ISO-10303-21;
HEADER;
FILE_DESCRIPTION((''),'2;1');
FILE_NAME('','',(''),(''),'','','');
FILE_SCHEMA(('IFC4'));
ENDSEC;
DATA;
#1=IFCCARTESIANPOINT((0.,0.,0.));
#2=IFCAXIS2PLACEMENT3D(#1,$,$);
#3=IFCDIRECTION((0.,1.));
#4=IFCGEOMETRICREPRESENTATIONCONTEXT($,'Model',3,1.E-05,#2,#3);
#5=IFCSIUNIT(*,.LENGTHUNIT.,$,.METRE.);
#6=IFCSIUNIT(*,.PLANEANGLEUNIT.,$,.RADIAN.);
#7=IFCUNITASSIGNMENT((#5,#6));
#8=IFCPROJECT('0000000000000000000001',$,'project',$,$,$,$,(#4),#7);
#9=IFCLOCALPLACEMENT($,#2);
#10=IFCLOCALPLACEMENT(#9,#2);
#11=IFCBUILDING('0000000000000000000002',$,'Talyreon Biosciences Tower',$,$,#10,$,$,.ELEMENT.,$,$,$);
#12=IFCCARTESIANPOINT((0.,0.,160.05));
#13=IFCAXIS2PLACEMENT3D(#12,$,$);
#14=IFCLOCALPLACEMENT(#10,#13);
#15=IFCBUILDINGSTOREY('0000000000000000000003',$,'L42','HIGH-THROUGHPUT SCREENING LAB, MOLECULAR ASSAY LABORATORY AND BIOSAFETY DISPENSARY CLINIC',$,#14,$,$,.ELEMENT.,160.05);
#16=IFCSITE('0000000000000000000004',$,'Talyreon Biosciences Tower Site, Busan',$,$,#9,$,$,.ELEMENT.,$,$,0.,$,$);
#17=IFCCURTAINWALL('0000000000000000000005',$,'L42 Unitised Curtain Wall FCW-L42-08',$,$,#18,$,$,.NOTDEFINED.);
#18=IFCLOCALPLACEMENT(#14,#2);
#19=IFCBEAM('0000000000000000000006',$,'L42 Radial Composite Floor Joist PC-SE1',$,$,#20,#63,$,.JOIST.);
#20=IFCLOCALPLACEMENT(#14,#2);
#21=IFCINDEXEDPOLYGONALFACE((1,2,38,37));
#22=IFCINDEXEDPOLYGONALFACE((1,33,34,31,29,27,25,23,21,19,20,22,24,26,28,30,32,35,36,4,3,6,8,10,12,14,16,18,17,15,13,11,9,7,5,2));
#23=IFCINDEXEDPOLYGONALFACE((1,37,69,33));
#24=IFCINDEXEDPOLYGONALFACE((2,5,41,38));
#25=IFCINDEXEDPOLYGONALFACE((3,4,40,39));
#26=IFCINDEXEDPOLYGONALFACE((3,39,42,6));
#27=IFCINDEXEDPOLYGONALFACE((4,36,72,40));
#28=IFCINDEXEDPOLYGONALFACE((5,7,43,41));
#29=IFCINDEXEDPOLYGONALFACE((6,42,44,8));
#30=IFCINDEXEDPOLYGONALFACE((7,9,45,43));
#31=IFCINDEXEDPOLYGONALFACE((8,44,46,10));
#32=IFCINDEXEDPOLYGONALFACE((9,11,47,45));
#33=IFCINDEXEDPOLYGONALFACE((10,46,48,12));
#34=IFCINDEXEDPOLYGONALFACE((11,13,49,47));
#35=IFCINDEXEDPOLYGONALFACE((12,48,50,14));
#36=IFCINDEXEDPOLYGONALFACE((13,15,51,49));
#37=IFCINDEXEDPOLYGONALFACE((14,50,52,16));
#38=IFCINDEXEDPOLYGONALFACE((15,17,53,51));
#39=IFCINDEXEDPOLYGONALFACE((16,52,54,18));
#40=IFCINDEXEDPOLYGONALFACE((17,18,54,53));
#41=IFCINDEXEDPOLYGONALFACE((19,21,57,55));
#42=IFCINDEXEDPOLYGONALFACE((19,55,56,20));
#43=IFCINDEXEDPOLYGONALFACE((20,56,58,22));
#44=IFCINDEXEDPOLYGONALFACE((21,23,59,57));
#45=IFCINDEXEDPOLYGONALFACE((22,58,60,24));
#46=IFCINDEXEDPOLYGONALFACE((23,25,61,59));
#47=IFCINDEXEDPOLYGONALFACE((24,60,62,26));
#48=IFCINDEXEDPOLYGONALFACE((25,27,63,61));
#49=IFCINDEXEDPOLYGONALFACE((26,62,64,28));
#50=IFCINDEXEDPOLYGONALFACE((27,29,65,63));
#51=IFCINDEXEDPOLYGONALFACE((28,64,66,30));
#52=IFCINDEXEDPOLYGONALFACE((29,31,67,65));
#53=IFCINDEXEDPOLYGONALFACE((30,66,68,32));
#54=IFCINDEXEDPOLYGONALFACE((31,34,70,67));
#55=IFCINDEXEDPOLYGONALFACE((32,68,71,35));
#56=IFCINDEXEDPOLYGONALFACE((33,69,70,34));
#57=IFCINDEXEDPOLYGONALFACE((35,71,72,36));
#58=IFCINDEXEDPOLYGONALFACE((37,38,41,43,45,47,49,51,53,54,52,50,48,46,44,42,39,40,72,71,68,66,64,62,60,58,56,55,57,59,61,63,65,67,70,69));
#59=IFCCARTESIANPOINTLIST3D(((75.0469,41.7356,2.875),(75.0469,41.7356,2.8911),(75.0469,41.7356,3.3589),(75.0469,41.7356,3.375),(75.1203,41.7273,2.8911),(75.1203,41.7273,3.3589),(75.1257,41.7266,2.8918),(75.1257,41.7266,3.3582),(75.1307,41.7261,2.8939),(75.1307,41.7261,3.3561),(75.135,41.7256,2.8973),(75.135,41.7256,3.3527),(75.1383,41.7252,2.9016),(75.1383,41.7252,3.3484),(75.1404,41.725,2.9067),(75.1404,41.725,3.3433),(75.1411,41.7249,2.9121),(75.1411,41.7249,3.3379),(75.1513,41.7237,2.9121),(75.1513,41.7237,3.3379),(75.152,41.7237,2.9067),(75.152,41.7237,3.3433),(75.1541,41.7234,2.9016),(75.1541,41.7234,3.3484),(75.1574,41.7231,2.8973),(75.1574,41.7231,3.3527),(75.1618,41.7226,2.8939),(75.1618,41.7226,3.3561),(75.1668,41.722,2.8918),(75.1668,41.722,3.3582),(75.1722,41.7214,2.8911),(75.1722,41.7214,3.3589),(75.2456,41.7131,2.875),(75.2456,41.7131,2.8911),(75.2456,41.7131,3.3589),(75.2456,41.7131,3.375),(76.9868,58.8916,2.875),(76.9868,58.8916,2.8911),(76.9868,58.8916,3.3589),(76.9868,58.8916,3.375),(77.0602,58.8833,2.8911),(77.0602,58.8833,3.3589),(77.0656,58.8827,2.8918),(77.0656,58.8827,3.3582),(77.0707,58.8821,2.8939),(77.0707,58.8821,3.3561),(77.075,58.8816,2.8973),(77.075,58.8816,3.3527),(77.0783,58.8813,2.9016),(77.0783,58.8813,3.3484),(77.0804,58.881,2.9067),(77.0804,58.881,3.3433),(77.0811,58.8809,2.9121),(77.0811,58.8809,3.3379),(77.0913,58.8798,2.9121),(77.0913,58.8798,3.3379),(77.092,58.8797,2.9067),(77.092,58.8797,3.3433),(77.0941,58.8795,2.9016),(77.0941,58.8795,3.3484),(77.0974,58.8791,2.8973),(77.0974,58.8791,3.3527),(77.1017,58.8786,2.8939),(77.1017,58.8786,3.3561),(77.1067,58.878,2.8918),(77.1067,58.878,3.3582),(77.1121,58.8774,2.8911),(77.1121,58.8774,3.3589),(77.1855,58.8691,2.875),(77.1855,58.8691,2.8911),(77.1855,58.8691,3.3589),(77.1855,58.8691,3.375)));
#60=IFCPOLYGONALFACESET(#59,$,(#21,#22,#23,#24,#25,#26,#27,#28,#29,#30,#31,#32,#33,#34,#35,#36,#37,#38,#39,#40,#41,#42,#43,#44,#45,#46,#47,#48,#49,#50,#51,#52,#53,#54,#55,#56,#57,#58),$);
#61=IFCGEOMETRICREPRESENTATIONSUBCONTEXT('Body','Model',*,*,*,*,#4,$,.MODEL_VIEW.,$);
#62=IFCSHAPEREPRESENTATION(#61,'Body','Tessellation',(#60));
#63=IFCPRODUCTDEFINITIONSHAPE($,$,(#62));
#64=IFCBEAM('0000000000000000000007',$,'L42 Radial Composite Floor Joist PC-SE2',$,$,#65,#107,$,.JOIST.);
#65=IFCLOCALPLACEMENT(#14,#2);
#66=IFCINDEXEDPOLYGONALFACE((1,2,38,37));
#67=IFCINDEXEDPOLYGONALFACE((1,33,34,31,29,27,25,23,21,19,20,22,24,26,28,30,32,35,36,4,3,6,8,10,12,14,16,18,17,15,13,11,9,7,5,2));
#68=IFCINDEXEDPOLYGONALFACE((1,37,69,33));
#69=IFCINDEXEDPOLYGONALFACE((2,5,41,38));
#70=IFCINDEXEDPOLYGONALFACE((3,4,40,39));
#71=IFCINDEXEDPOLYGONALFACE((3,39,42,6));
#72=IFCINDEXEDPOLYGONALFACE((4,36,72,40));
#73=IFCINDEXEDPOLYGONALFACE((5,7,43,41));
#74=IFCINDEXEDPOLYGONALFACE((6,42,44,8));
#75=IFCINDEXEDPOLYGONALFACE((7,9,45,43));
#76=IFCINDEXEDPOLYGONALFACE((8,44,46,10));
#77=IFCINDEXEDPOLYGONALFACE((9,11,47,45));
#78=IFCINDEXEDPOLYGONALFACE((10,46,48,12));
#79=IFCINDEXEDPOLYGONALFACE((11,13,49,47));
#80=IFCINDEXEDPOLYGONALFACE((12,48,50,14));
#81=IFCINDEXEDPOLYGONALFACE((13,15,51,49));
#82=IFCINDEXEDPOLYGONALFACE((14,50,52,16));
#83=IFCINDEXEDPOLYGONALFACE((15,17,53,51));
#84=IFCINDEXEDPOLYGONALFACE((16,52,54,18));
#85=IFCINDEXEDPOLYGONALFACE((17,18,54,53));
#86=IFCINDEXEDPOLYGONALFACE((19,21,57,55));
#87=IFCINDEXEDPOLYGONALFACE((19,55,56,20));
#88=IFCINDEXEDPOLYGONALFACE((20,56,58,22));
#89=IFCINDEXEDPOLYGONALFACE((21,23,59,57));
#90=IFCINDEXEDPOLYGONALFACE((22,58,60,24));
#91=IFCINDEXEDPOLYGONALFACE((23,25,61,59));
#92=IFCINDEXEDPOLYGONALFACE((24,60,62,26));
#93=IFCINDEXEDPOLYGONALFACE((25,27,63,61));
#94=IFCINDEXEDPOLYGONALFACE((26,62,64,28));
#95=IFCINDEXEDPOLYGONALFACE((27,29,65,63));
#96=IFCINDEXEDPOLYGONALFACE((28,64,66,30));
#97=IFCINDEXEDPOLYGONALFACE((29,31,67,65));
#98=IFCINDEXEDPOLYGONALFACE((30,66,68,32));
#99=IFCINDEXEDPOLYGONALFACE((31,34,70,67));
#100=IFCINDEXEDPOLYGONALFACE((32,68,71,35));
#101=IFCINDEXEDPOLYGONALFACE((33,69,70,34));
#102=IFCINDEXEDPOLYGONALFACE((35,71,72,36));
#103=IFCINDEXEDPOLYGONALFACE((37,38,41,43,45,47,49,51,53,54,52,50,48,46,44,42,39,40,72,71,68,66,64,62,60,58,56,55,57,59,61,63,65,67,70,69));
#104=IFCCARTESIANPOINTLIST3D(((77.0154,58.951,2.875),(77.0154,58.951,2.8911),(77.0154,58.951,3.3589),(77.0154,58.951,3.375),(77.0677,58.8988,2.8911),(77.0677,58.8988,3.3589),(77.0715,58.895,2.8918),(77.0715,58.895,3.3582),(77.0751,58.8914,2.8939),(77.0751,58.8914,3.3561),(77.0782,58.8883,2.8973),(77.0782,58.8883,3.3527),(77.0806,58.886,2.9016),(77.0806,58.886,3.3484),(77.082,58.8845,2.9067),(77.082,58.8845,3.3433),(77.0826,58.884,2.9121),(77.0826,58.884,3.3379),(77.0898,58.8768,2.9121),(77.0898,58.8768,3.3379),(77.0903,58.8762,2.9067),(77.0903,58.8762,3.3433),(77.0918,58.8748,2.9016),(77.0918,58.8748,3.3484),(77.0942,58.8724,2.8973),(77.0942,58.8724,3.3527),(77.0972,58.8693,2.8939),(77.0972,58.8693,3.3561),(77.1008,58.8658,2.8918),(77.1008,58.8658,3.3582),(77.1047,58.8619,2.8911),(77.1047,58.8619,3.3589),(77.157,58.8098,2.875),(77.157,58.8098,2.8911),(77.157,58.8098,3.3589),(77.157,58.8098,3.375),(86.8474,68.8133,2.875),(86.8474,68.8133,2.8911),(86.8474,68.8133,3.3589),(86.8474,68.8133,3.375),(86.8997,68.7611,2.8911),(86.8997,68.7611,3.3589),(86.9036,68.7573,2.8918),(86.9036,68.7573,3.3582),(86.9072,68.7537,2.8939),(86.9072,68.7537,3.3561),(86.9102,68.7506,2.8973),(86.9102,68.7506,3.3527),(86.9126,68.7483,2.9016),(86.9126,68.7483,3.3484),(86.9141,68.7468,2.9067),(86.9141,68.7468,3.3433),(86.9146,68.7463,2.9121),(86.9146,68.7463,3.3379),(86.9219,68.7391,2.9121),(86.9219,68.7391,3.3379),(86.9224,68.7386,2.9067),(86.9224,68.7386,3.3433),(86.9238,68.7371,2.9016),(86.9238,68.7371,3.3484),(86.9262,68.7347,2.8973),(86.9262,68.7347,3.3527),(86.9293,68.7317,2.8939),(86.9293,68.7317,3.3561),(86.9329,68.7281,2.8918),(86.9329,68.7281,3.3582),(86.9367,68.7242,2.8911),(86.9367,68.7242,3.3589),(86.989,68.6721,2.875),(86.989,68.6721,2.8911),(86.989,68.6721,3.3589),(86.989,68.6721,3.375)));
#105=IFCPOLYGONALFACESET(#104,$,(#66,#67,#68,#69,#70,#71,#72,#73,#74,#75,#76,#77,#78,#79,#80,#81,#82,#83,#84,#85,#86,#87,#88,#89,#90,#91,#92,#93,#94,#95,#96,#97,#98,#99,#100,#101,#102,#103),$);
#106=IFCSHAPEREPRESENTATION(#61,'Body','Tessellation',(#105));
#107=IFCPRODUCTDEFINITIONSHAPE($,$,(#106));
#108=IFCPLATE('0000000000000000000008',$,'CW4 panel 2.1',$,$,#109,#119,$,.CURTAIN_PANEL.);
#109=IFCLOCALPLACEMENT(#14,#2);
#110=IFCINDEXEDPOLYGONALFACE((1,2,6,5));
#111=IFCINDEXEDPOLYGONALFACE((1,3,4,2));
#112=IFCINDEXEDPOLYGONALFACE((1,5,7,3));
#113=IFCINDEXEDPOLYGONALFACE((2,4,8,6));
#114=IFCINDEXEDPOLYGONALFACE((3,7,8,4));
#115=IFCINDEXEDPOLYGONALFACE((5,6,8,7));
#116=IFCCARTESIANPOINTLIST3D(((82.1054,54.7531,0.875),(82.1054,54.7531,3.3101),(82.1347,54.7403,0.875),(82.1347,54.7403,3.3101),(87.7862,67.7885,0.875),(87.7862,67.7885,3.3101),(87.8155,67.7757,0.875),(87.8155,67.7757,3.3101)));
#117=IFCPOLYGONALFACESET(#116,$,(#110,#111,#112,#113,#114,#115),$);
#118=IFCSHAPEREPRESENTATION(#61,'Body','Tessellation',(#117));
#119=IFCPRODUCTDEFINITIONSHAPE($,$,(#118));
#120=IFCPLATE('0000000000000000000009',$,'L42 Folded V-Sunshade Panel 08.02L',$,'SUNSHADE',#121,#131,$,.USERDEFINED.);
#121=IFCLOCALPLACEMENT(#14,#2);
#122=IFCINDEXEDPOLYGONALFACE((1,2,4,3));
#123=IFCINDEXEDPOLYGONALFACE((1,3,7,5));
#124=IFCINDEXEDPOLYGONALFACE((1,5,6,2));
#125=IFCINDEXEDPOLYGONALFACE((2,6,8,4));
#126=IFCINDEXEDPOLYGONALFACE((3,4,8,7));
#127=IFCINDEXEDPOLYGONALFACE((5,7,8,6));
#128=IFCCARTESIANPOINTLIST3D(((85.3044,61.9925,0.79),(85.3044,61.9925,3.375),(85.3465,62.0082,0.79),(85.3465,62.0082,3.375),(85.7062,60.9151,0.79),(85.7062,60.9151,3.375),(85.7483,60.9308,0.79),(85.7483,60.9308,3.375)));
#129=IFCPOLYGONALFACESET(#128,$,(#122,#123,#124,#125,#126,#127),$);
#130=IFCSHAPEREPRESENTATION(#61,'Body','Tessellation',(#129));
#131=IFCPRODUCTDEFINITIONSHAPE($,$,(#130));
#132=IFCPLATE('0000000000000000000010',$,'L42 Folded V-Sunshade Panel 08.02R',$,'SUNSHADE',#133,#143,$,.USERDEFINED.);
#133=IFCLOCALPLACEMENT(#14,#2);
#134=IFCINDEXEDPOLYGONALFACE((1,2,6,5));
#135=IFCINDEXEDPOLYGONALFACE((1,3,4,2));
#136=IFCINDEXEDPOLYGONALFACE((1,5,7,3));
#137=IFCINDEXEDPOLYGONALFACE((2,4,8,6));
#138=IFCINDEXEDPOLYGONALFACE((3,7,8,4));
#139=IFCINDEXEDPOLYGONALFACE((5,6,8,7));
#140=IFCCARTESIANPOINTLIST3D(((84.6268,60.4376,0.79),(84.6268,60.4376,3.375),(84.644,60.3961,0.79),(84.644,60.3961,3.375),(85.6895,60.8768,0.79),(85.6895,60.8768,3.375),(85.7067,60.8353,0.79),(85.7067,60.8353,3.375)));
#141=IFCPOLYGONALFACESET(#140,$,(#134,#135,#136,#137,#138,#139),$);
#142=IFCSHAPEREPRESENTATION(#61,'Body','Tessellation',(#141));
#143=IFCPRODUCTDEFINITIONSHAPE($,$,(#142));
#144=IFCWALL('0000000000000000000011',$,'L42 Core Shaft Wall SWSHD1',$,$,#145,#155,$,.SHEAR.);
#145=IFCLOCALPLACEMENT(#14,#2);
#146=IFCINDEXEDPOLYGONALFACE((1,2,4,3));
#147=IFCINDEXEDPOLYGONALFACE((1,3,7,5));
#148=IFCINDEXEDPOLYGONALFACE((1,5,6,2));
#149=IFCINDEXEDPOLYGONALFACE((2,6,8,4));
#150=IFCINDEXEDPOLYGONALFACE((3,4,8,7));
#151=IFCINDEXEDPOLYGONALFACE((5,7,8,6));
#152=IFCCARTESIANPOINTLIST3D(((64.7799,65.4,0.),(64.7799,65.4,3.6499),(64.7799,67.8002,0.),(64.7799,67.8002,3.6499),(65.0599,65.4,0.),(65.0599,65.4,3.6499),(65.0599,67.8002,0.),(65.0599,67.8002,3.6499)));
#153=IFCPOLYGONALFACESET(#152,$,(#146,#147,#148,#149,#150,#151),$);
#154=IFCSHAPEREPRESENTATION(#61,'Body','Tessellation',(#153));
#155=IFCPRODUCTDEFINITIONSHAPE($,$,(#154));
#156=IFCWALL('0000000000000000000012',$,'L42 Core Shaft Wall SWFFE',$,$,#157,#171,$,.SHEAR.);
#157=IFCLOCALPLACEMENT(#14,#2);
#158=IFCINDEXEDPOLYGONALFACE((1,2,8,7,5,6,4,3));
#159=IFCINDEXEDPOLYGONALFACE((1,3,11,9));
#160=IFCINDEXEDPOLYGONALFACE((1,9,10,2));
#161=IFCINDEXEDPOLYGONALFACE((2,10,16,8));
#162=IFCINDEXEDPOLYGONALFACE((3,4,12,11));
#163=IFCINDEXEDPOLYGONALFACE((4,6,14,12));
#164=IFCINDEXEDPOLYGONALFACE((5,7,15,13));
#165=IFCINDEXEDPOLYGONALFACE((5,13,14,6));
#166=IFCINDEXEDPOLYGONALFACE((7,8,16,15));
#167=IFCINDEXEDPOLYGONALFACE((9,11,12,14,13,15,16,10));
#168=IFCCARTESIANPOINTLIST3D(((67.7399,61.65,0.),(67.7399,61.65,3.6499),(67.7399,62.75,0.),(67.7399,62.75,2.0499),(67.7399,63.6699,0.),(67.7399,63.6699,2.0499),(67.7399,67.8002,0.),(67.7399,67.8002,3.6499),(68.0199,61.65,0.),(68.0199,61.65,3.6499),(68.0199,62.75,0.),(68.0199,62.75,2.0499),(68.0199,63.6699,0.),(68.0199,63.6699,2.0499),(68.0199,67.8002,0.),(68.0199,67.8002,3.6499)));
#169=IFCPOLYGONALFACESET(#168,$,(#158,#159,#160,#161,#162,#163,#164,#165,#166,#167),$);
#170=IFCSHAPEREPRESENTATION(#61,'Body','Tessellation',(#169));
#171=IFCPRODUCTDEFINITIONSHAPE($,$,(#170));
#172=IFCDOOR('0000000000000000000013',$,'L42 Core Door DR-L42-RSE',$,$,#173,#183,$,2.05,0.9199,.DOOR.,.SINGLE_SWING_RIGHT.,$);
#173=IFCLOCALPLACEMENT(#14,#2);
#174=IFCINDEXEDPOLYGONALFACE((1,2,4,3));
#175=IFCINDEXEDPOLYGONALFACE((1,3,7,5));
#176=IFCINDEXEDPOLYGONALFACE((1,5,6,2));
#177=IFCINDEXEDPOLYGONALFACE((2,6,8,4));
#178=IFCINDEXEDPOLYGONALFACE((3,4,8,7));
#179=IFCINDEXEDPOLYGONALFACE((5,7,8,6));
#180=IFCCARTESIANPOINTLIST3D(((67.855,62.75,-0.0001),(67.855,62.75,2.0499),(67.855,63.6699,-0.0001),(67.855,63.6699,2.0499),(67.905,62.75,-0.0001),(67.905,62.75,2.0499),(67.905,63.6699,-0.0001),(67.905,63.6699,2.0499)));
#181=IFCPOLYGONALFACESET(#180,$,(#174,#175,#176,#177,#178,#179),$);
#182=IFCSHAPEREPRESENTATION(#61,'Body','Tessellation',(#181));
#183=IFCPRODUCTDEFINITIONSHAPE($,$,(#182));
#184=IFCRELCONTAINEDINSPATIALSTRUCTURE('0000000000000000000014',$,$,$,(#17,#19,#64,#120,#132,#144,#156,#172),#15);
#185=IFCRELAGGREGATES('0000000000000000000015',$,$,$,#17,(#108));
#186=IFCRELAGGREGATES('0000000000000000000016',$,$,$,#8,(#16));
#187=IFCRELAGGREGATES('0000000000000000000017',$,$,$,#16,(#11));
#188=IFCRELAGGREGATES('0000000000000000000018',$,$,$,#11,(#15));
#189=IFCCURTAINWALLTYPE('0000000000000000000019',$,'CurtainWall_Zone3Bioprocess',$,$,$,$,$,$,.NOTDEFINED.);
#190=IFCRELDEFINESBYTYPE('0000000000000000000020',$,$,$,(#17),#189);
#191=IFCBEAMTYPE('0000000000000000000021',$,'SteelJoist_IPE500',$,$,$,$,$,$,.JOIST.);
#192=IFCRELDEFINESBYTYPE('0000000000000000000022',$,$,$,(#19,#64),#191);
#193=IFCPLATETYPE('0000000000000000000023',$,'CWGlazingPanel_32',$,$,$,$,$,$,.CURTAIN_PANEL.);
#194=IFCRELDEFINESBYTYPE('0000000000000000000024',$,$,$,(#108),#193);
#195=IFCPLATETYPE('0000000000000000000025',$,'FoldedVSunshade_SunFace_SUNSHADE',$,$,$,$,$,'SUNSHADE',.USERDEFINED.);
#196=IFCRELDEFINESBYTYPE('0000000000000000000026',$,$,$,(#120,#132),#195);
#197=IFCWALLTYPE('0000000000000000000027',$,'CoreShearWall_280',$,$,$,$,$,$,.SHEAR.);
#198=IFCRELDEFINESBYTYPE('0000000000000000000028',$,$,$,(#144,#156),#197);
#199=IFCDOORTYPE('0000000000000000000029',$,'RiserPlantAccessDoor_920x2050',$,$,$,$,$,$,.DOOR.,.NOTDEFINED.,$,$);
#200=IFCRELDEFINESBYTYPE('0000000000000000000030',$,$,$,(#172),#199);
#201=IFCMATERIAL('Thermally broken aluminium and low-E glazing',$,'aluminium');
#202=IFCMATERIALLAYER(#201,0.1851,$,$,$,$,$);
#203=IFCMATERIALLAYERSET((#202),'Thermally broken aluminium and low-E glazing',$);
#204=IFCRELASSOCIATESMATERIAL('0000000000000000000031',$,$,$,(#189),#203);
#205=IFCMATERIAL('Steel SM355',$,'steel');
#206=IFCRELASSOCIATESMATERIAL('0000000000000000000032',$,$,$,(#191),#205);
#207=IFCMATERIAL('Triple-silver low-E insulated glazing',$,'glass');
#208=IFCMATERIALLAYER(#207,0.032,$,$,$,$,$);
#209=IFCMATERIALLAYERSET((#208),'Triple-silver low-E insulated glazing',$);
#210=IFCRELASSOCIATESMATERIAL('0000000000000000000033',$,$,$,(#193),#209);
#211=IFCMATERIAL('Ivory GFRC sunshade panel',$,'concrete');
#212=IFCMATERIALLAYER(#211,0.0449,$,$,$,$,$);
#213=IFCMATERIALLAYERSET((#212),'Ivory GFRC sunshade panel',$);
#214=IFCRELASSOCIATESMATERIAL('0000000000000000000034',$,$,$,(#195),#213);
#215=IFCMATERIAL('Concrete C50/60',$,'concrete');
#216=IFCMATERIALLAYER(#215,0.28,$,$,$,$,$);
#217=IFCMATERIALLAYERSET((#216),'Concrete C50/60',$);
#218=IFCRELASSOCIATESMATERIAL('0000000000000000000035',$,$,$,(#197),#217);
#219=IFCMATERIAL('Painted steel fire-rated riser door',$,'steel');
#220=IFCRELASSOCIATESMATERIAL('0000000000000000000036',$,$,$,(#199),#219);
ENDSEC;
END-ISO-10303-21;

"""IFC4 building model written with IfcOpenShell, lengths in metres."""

from ifc_helpers import new_model, si_unit, direction, frame, frame_2d, origin, origin_2d, place, context, subcontext, project, spatial, rectangle, i_section, extrude, material, layer, layer_set, material_profile, profile_set, type_object, element, fill, aggregate, save


model = new_model("IFC4")

# Units and contexts
model_context = context("Model", 3, precision=1e-05, world=origin(), true_north=direction((0.0, 1.0)))
body_context = subcontext(model_context, "Body", "Model", "MODEL_VIEW")
ifc_project = project(units=[si_unit("LENGTHUNIT", "METRE"), si_unit("PLANEANGLEUNIT", "RADIAN")], contexts=[model_context])

# Site, building, storey
site_placement = place(None, origin())
site = spatial("IfcSite", under=ifc_project, at=site_placement, Name="Talyreon Biosciences Tower Site, Busan", CompositionType="ELEMENT", RefElevation=0.0)
building_placement = place(site_placement, origin())
building = spatial("IfcBuilding", under=site, at=building_placement, Name="Talyreon Biosciences Tower", CompositionType="ELEMENT")
storey_placement = place(building_placement, frame((0.0, 0.0, 160.05)))
storey = spatial("IfcBuildingStorey", under=building, at=storey_placement, Name="L42", Description="HIGH-THROUGHPUT SCREENING LAB, MOLECULAR ASSAY LABORATORY AND BIOSAFETY DISPENSARY CLINIC", CompositionType="ELEMENT", Elevation=160.05)

# Shared definitions
ifc_material_1 = material(Name="Concrete C50/60", Category="concrete")

# Curtain wall
ifc_material_2 = material(Name="Thermally broken aluminium and low-E glazing", Category="aluminium")
ifc_layer_1 = layer(ifc_material_2, 0.1851)
ifc_layer_set_1 = layer_set([ifc_layer_1], Name="Thermally broken aluminium and low-E glazing")
curtain_wall_type = type_object("IfcCurtainWallType", Name="CurtainWall_Zone3Bioprocess", PredefinedType="NOTDEFINED", material=ifc_layer_set_1)
curtain_wall_placement = place(storey_placement, origin())
curtain_wall = element("IfcCurtainWall", 1, at=curtain_wall_placement, inside=storey, type_object=curtain_wall_type, Name="L42 Unitised Curtain Wall FCW-L42-08", PredefinedType="NOTDEFINED")

# Beams
ifc_material_3 = material(Name="Steel SM355", Category="steel")
ifc_material_profile_1 = material_profile(ifc_material_3, i_section(OverallWidth=0.2, OverallDepth=0.5, WebThickness=0.0103, FlangeThickness=0.0161, FilletRadius=0.021, at=origin_2d()), Name="IPE500")
ifc_profile_set_1 = profile_set([ifc_material_profile_1], Name="Steel SM355")
beam_type_1 = type_object("IfcBeamType", Name="SteelJoist_IPE500", PredefinedType="JOIST", material=ifc_profile_set_1)
beam_1_placement = place(storey_placement, frame((77.0862, 58.8804, 3.125), z_axis=(-0.11236, -0.993668, 0.0), x_axis=(0.993668, -0.11236, 0.0)))
element("IfcBeam", 2, at=beam_1_placement, inside=storey, type_object=beam_type_1, Name="L42 Radial Composite Floor Joist PC-SE1", PredefinedType="JOIST", context=body_context, shape_type="SweptSolid", body=[
    extrude(i_section(OverallWidth=0.2, OverallDepth=0.5, WebThickness=0.0103, FlangeThickness=0.0161, FilletRadius=0.021, at=origin_2d()), origin(), (0.0, 0.0, 1.0), 17.2654),
])
beam_2_placement = place(storey_placement, frame((77.0862, 58.8804, 3.125), z_axis=(0.706019, 0.708193, 0.0), x_axis=(-0.708193, 0.706019, 0.0)))
element("IfcBeam", 3, at=beam_2_placement, inside=storey, type_object=beam_type_1, Name="L42 Radial Composite Floor Joist PC-SE2", PredefinedType="JOIST", context=body_context, shape_type="SweptSolid", body=[
    extrude(i_section(OverallWidth=0.2, OverallDepth=0.5, WebThickness=0.0103, FlangeThickness=0.0161, FilletRadius=0.021, at=origin_2d()), origin(), (0.0, 0.0, 1.0), 13.926),
])

# Plate
ifc_material_4 = material(Name="Triple-silver low-E insulated glazing", Category="glass")
ifc_layer_2 = layer(ifc_material_4, 0.032)
ifc_layer_set_2 = layer_set([ifc_layer_2], Name="Triple-silver low-E insulated glazing")
plate_type_1 = type_object("IfcPlateType", Name="CWGlazingPanel_32", PredefinedType="CURTAIN_PANEL", material=ifc_layer_set_2)
plate_placement = place(storey_placement, frame((84.9604, 61.2644, 0.875), z_axis=(0.0, 0.0, 1.0), x_axis=(-0.399505, -0.916731, 0.0)))
plate = element("IfcPlate", 4, at=plate_placement, type_object=plate_type_1, Name="CW4 panel 2.1", PredefinedType="CURTAIN_PANEL", context=body_context, shape_type="SweptSolid", body=[
    extrude(rectangle(XDim=14.2195, YDim=0.032, at=origin_2d()), origin(), (0.0, 0.0, 1.0), 2.4351),
])
aggregate(curtain_wall, [plate])

# Plates
ifc_material_5 = material(Name="Ivory GFRC sunshade panel", Category="concrete")
ifc_layer_3 = layer(ifc_material_5, 0.0449)
ifc_layer_set_3 = layer_set([ifc_layer_3], Name="Ivory GFRC sunshade panel")
plate_type_2 = type_object("IfcPlateType", Name="FoldedVSunshade_SunFace_SUNSHADE", ElementType="SUNSHADE", PredefinedType="USERDEFINED", material=ifc_layer_set_3)
for number, where, z_axis, x_axis, name in (
    (5, (85.5264, 61.4617, 0.79), (0.0, 0.0, 1.0), (0.349439, -0.936959, 0.0), "L42 Folded V-Sunshade Panel 08.02L"),
    (6, (85.1667, 60.6365, 0.79), (0.0, 0.0, 1.0), (-0.924193, -0.381925, 0.0), "L42 Folded V-Sunshade Panel 08.02R"),
):
    element("IfcPlate", number, at=place(storey_placement, frame(where, z_axis=z_axis, x_axis=x_axis)), inside=storey, type_object=plate_type_2, Name=name, ObjectType="SUNSHADE", PredefinedType="USERDEFINED", context=body_context, shape_type="SweptSolid", body=[
        extrude(rectangle(XDim=1.1499, YDim=0.0449, at=origin_2d()), origin(), (0.0, 0.0, 1.0), 2.585),
    ])

# Wall
ifc_layer_4 = layer(ifc_material_1, 0.28)
ifc_layer_set_4 = layer_set([ifc_layer_4], Name="Concrete C50/60")
wall_type_1 = type_object("IfcWallType", Name="CoreShearWall_280", PredefinedType="SHEAR", material=ifc_layer_set_4)
wall_1_placement = place(storey_placement, frame((64.9199, 65.3999, 0.0), z_axis=(0.0, 0.0, 1.0), x_axis=(0.0, 1.0, 0.0)))
element("IfcWall", 7, at=wall_1_placement, inside=storey, type_object=wall_type_1, Name="L42 Core Shaft Wall SWSHD1", PredefinedType="SHEAR", context=body_context, shape_type="SweptSolid", body=[
    extrude(rectangle(XDim=2.4001, YDim=0.28, at=frame_2d((1.2002, 0.0))), origin(), (0.0, 0.0, 1.0), 3.6499),
])

# Wall, opening, door
wall_2_placement = place(storey_placement, frame((67.8799, 61.6499, 0.0), z_axis=(0.0, 0.0, 1.0), x_axis=(0.0, 1.0, 0.0)))
wall_2 = element("IfcWall", 8, at=wall_2_placement, inside=storey, type_object=wall_type_1, Name="L42 Core Shaft Wall SWFFE", PredefinedType="SHEAR", context=body_context, shape_type="SweptSolid", body=[
    extrude(rectangle(XDim=6.1501, YDim=0.28, at=frame_2d((3.0752, 0.0))), origin(), (0.0, 0.0, 1.0), 3.6499),
])
opening_1_placement = place(wall_2_placement, frame((1.1001, 0.0, 0.0)))
opening_1 = element("IfcOpeningElement", 9, at=opening_1_placement, cuts=wall_2, PredefinedType="OPENING", context=body_context, shape_type="SweptSolid", body=[
    extrude(rectangle(XDim=0.9199, YDim=2.05, at=frame_2d((0.46, 1.0249))), frame((0.0, 0.1499, 0.0), z_axis=(0.0, -1.0, 0.0), x_axis=(1.0, 0.0, 0.0)), (0.0, 0.0, 1.0), 0.3),
])
ifc_material_6 = material(Name="Painted steel fire-rated riser door", Category="steel")
door_type = type_object("IfcDoorType", Name="RiserPlantAccessDoor_920x2050", OperationType="NOTDEFINED", PredefinedType="DOOR", material=ifc_material_6)
door_1_placement = place(opening_1_placement, origin())
door_1 = element("IfcDoor", 10, at=door_1_placement, inside=storey, type_object=door_type, Name="L42 Core Door DR-L42-RSE", OperationType="SINGLE_SWING_RIGHT", OverallHeight=2.05, OverallWidth=0.9199, PredefinedType="DOOR", context=body_context, shape_type="SweptSolid", body=[
    extrude(rectangle(XDim=0.9199, YDim=2.05, at=frame_2d((0.46, 1.0249))), frame((0.0, 0.0249, 0.0), z_axis=(0.0, -1.0, 0.0), x_axis=(1.0, 0.0, 0.0)), (0.0, 0.0, 1.0), 0.05),
])
fill(opening_1, door_1)

save(model, "model.ifc")
